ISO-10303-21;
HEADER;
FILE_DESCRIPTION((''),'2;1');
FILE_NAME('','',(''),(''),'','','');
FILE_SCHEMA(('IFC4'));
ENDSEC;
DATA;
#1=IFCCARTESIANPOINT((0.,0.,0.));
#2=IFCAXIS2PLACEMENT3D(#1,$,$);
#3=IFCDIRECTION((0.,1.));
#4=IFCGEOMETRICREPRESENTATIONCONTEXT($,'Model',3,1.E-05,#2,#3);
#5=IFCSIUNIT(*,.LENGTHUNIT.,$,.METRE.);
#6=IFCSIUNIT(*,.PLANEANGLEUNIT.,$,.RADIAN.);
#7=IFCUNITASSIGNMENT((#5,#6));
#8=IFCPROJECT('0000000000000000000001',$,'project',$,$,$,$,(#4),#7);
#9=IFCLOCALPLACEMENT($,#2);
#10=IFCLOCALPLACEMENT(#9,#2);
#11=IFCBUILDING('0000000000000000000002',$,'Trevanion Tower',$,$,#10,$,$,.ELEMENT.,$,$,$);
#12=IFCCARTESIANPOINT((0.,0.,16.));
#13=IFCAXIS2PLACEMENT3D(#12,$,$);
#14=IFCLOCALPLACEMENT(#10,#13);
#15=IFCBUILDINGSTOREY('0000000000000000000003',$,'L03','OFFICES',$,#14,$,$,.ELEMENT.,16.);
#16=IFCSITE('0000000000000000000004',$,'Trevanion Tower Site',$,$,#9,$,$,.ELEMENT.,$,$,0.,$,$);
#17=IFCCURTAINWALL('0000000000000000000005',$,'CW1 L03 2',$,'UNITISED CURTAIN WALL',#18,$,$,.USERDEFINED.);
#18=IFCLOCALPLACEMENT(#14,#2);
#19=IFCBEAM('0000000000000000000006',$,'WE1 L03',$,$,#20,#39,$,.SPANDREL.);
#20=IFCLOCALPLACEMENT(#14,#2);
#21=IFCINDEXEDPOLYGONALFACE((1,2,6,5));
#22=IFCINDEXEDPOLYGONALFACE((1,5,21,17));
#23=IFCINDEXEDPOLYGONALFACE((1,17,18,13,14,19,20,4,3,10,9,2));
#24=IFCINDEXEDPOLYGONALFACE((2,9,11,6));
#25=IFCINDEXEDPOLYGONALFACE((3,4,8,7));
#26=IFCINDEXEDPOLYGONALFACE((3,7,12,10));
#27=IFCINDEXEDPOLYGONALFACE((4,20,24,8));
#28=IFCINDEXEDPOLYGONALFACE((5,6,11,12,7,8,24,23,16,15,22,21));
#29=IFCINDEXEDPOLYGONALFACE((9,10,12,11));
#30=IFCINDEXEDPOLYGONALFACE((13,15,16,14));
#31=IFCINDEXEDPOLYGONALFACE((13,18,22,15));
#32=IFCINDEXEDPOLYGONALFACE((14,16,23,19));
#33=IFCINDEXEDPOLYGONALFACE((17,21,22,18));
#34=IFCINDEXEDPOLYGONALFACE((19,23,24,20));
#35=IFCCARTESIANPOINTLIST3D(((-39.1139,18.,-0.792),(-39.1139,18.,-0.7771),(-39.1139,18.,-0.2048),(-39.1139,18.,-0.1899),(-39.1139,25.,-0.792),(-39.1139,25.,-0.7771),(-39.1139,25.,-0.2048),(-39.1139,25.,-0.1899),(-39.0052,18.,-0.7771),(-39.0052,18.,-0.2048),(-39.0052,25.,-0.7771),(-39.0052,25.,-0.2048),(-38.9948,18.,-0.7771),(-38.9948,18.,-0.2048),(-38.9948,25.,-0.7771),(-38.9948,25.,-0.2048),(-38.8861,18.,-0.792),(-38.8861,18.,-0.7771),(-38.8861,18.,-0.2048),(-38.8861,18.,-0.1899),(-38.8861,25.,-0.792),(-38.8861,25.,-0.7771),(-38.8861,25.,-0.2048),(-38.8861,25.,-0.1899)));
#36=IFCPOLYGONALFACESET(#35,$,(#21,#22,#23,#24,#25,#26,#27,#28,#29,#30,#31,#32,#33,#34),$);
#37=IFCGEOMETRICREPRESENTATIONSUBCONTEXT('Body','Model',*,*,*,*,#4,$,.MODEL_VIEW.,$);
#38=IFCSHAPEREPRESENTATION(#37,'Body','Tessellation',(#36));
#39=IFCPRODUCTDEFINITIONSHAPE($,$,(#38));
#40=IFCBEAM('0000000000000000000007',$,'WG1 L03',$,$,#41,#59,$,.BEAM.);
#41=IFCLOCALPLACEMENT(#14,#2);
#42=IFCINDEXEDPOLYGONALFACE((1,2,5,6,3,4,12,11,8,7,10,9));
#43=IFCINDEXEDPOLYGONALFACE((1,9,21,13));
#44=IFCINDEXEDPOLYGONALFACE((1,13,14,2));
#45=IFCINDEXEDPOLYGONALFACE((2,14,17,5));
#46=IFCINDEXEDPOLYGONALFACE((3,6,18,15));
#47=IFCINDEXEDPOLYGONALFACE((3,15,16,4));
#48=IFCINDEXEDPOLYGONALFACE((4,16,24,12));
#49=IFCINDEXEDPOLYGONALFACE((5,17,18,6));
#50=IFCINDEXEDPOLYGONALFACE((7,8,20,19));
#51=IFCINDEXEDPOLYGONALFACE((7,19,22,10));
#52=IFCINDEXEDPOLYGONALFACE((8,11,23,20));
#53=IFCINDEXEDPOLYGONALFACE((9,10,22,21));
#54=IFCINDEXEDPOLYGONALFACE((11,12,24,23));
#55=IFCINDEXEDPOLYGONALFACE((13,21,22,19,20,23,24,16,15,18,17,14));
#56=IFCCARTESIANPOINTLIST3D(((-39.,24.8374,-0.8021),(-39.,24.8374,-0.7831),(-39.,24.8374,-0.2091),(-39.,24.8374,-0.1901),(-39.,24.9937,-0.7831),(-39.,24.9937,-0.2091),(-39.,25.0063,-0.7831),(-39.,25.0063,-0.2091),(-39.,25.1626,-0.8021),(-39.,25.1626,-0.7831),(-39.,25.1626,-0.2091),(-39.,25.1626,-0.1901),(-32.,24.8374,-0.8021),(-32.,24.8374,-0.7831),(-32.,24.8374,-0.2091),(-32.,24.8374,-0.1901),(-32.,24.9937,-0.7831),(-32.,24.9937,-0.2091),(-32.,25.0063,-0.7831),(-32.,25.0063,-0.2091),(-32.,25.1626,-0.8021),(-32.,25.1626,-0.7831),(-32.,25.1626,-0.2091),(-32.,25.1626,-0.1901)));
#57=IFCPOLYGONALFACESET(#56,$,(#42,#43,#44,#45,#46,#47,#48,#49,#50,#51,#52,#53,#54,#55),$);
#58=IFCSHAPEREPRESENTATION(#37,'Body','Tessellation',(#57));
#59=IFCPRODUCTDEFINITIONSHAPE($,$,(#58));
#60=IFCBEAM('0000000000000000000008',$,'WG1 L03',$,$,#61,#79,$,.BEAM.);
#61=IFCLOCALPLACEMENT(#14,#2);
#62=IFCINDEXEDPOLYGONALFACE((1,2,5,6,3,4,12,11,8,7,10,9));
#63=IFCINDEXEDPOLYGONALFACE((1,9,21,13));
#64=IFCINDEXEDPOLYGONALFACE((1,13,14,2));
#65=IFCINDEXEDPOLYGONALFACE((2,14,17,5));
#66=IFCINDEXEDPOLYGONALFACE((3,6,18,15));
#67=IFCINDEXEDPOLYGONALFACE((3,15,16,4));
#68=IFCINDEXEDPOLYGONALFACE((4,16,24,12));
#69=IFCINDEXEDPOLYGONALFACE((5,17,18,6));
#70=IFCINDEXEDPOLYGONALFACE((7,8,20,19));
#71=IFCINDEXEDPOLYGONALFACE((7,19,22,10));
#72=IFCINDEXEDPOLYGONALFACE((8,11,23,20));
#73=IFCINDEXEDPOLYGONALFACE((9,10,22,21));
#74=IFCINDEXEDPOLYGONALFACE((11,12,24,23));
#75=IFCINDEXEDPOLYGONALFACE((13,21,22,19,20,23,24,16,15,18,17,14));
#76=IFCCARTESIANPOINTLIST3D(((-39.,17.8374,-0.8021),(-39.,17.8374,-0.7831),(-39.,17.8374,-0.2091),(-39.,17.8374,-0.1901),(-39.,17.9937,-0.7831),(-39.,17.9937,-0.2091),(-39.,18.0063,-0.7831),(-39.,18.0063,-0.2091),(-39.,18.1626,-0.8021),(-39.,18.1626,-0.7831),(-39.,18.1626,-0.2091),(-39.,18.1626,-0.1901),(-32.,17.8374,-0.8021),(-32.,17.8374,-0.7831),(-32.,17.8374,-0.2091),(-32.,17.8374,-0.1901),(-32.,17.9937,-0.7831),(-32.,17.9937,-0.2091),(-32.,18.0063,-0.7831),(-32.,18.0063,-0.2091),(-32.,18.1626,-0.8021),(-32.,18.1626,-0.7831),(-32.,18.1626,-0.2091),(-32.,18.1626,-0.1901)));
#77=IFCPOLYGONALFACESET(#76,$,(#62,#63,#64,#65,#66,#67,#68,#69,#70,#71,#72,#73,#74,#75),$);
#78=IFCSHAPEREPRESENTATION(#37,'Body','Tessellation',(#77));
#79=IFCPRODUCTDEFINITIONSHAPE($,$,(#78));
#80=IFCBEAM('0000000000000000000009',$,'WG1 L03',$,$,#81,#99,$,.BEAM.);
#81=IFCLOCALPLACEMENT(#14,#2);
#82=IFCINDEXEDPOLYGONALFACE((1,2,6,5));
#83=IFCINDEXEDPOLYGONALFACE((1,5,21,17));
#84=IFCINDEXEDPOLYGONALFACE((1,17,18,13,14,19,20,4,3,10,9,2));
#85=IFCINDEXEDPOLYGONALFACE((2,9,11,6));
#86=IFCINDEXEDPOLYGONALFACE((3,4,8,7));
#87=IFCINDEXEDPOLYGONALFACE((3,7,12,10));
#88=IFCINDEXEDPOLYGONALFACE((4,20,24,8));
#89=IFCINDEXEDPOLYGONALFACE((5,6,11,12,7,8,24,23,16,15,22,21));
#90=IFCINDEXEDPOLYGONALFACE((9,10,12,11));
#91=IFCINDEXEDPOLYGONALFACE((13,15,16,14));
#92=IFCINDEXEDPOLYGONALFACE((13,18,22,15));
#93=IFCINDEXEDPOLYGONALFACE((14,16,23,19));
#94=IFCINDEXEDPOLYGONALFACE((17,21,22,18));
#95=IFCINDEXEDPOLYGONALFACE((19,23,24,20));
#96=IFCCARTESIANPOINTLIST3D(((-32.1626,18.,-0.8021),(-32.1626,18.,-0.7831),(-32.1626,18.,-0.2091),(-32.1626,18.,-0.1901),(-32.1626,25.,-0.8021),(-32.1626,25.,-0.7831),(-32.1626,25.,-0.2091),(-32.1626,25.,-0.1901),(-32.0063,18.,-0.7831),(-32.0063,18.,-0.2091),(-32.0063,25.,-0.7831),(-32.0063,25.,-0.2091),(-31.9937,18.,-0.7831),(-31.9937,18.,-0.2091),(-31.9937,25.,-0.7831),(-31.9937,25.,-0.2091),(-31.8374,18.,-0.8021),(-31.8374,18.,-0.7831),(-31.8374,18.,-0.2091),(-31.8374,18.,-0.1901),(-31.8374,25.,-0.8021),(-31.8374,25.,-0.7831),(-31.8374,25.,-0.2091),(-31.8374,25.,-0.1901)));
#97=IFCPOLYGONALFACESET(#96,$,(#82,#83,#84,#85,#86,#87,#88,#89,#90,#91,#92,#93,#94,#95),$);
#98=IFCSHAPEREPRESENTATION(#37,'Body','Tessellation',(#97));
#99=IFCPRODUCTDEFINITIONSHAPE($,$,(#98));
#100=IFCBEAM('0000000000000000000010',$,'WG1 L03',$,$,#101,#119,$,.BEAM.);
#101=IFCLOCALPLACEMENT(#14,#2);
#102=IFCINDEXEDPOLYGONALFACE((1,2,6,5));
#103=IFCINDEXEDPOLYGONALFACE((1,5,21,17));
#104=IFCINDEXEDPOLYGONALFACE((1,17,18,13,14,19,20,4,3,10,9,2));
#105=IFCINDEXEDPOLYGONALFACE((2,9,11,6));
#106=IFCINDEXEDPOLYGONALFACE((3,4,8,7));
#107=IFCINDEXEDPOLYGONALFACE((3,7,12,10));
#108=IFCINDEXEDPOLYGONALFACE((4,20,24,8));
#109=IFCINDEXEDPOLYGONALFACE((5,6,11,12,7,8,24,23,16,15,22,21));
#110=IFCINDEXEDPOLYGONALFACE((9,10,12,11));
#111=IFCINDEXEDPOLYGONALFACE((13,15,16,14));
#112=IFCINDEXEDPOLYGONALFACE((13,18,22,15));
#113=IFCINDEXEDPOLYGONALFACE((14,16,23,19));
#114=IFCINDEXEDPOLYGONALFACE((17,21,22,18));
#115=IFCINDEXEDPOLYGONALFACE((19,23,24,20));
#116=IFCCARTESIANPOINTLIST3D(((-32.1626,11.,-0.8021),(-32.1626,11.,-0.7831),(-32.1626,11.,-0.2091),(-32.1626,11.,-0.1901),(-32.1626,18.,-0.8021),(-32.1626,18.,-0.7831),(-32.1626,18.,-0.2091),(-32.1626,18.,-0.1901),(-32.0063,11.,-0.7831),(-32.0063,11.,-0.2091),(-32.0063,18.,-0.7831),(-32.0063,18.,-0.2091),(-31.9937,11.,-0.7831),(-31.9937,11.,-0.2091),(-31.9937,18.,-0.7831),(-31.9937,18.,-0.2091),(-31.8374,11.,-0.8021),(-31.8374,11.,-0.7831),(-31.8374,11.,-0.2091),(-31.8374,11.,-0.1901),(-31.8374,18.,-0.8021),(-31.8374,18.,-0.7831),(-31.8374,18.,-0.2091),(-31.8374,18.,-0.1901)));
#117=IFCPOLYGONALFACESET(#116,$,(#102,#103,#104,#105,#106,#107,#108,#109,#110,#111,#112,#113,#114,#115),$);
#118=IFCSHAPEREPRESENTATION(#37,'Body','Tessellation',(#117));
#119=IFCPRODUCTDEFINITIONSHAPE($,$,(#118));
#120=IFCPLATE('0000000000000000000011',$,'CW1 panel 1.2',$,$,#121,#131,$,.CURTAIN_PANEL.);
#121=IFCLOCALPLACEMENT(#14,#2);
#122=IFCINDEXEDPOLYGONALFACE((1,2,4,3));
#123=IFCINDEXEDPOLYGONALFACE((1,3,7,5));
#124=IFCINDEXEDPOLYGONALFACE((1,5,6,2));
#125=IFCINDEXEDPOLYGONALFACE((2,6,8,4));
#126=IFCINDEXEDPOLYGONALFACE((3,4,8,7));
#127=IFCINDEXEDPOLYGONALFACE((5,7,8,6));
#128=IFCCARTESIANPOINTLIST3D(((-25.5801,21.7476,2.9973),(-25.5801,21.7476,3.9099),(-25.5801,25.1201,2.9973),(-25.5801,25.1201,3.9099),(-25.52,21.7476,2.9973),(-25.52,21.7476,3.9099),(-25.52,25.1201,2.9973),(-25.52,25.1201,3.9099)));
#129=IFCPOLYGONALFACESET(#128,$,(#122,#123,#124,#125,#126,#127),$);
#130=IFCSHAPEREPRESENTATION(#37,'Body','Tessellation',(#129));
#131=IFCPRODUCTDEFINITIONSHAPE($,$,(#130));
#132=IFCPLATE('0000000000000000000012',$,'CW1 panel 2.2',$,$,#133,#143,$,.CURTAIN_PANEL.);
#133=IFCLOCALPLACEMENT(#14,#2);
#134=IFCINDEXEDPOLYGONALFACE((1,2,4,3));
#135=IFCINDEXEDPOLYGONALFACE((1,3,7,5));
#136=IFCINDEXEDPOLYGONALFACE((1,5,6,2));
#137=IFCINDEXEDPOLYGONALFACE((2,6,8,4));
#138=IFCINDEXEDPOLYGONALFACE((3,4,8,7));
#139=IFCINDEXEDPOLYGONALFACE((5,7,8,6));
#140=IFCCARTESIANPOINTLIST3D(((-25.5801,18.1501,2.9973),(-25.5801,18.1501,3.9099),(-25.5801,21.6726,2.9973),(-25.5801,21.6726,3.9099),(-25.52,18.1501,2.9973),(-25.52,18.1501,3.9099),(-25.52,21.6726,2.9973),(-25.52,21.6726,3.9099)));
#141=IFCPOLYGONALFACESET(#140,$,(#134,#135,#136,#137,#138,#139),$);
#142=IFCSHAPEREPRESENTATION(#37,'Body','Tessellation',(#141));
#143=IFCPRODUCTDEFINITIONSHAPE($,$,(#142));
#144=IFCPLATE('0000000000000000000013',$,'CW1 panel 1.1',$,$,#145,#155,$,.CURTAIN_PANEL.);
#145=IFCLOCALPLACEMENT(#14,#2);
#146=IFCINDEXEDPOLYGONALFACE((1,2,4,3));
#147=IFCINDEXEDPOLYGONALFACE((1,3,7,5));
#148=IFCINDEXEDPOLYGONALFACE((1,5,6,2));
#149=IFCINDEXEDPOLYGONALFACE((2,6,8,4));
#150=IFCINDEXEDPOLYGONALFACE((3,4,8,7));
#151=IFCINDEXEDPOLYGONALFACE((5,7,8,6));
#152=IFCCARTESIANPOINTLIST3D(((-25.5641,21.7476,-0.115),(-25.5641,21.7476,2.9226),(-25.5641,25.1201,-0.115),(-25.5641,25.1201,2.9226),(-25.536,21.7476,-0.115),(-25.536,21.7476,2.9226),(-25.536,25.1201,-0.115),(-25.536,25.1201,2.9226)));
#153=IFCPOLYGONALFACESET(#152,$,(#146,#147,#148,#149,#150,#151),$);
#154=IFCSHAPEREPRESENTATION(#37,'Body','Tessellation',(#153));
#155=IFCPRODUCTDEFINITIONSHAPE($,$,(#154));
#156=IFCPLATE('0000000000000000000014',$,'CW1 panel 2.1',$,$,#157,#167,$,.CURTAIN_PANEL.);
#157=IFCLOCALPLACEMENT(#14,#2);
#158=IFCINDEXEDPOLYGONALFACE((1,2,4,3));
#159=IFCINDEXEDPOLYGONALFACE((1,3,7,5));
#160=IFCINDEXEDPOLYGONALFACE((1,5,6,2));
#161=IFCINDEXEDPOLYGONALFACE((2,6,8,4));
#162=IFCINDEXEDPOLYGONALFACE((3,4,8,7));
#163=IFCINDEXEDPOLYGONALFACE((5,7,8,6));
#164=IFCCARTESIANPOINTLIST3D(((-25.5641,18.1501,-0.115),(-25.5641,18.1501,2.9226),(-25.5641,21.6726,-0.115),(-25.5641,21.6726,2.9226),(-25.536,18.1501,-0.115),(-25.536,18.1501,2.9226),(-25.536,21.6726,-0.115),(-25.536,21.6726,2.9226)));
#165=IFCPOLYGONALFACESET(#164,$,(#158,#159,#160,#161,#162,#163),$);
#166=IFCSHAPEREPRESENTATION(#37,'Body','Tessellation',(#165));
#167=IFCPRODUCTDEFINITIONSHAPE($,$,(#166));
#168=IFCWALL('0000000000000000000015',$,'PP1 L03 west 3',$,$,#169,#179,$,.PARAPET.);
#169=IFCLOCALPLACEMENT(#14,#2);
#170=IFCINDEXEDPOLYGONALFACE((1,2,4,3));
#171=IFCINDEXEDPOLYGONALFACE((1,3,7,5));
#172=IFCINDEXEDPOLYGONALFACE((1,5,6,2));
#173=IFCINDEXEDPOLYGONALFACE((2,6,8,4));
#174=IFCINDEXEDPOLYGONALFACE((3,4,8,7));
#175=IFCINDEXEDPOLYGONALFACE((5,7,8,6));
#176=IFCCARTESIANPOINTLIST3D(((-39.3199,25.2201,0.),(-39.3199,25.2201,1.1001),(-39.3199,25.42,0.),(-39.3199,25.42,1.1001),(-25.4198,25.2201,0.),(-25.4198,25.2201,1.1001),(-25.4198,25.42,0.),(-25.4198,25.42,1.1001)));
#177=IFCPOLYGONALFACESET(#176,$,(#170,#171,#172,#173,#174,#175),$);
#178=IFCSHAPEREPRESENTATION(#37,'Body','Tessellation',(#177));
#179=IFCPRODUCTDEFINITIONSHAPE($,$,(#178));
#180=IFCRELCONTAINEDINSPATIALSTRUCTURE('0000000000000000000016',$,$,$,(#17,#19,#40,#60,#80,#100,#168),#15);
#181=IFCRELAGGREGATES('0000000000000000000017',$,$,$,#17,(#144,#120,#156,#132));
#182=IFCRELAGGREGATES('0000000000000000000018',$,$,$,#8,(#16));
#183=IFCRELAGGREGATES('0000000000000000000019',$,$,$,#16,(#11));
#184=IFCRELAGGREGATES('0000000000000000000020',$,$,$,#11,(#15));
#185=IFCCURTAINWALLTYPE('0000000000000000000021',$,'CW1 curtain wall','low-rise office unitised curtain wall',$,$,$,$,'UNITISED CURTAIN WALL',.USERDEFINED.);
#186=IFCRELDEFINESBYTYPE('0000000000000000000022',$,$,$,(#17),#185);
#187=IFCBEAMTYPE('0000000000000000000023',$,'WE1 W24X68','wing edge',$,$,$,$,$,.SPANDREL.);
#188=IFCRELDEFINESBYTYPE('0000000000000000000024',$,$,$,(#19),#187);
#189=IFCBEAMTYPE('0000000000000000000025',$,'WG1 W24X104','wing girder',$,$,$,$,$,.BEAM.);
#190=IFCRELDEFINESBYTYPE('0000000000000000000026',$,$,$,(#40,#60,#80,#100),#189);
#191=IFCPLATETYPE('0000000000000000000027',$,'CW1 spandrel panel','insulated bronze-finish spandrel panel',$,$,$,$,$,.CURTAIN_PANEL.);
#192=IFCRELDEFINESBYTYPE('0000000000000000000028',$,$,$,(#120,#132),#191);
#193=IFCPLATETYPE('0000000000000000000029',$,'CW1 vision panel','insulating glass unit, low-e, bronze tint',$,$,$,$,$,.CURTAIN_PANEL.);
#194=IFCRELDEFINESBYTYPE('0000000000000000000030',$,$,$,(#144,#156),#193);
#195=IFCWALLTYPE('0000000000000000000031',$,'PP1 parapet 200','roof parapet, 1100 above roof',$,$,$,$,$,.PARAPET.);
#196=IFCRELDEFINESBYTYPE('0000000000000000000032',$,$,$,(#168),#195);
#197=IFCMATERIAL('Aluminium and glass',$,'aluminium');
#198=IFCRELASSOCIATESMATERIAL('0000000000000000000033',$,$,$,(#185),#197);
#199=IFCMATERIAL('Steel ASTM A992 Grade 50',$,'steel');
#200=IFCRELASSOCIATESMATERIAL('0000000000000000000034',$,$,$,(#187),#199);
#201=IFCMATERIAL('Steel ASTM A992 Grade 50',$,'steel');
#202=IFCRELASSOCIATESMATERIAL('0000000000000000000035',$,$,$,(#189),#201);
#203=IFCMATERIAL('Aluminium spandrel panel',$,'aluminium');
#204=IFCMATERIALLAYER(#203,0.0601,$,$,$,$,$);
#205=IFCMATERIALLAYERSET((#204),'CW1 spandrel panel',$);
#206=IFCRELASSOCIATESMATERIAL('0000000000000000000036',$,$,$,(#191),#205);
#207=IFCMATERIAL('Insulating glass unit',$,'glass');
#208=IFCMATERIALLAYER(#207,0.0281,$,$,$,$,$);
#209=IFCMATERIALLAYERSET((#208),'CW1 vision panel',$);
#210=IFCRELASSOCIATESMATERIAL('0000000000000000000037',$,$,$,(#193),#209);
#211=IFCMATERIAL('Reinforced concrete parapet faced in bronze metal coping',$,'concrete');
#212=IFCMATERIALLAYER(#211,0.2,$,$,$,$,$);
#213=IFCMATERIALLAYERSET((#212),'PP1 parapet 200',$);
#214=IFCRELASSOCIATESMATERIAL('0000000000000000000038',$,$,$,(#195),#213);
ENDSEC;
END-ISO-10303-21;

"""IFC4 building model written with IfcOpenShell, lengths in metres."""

from ifc_helpers import new_model, si_unit, direction, frame, frame_2d, origin, origin_2d, place, context, subcontext, project, spatial, rectangle, i_section, extrude, material, layer, layer_set, material_profile, profile_set, type_object, element, aggregate, save


model = new_model("IFC4")

# Units and contexts
model_context = context("Model", 3, precision=1e-05, world=origin(), true_north=direction((0.0, 1.0)))
body_context = subcontext(model_context, "Body", "Model", "MODEL_VIEW")
ifc_project = project(units=[si_unit("LENGTHUNIT", "METRE"), si_unit("PLANEANGLEUNIT", "RADIAN")], contexts=[model_context])

# Site, building, storey
site_placement = place(None, origin())
site = spatial("IfcSite", under=ifc_project, at=site_placement, Name="Trevanion Tower Site", CompositionType="ELEMENT", RefElevation=0.0)
building_placement = place(site_placement, origin())
building = spatial("IfcBuilding", under=site, at=building_placement, Name="Trevanion Tower", CompositionType="ELEMENT")
storey_placement = place(building_placement, frame((0.0, 0.0, 16.0)))
storey = spatial("IfcBuildingStorey", under=building, at=storey_placement, Name="L03", Description="OFFICES", CompositionType="ELEMENT", Elevation=16.0)

# Curtain wall
ifc_material_1 = material(Name="Aluminium and glass", Category="aluminium")
curtain_wall_type = type_object("IfcCurtainWallType", Name="CW1 curtain wall", Description="low-rise office unitised curtain wall", ElementType="UNITISED CURTAIN WALL", PredefinedType="USERDEFINED", material=ifc_material_1)
curtain_wall_1_placement = place(storey_placement, origin())
curtain_wall_1 = element("IfcCurtainWall", 1, at=curtain_wall_1_placement, inside=storey, type_object=curtain_wall_type, Name="CW1 L03 2", ObjectType="UNITISED CURTAIN WALL", PredefinedType="USERDEFINED")

# Beams
ifc_material_2 = material(Name="Steel ASTM A992 Grade 50", Category="steel")
ifc_material_profile_1 = material_profile(ifc_material_2, i_section(OverallWidth=0.2278, OverallDepth=0.6021, WebThickness=0.0105, FlangeThickness=0.0149, at=origin_2d()), Name="W24X68")
ifc_profile_set_1 = profile_set([ifc_material_profile_1], Name="Steel ASTM A992 Grade 50")
beam_type_1 = type_object("IfcBeamType", Name="WE1 W24X68", Description="wing edge", PredefinedType="SPANDREL", material=ifc_profile_set_1)
beam_placement = place(storey_placement, frame((-39.0, 25.0, -0.491), z_axis=(0.0, -1.0, 0.0), x_axis=(1.0, 0.0, 0.0)))
element("IfcBeam", 2, at=beam_placement, inside=storey, type_object=beam_type_1, Name="WE1 L03", PredefinedType="SPANDREL", context=body_context, shape_type="SweptSolid", body=[
    extrude(i_section(OverallWidth=0.2278, OverallDepth=0.6021, WebThickness=0.0105, FlangeThickness=0.0149, at=origin_2d()), origin(), (0.0, 0.0, 1.0), 7.0),
])
ifc_material_3 = material(Name="Steel ASTM A992 Grade 50", Category="steel")
ifc_material_profile_2 = material_profile(ifc_material_3, i_section(OverallWidth=0.3252, OverallDepth=0.6121, WebThickness=0.0127, FlangeThickness=0.019, at=origin_2d()), Name="W24X104")
ifc_profile_set_2 = profile_set([ifc_material_profile_2], Name="Steel ASTM A992 Grade 50")
beam_type_2 = type_object("IfcBeamType", Name="WG1 W24X104", Description="wing girder", PredefinedType="BEAM", material=ifc_profile_set_2)
for number, where, z_axis, x_axis, name in (
    (3, (-32.0, 25.0, -0.4961), (-1.0, 0.0, 0.0), (0.0, -1.0, 0.0), "WG1 L03"),
    (4, (-32.0, 18.0, -0.4961), (-1.0, 0.0, 0.0), (0.0, -1.0, 0.0), "WG1 L03"),
    (5, (-32.0, 25.0, -0.4961), (0.0, -1.0, 0.0), (1.0, 0.0, 0.0), "WG1 L03"),
    (6, (-32.0, 18.0, -0.4961), (0.0, -1.0, 0.0), (1.0, 0.0, 0.0), "WG1 L03"),
):
    element("IfcBeam", number, at=place(storey_placement, frame(where, z_axis=z_axis, x_axis=x_axis)), inside=storey, type_object=beam_type_2, Name=name, PredefinedType="BEAM", context=body_context, shape_type="SweptSolid", body=[
        extrude(i_section(OverallWidth=0.3252, OverallDepth=0.6121, WebThickness=0.0127, FlangeThickness=0.019, at=origin_2d()), origin(), (0.0, 0.0, 1.0), 7.0),
    ])

# Plates
ifc_material_4 = material(Name="Aluminium spandrel panel", Category="aluminium")
ifc_layer_1 = layer(ifc_material_4, 0.0601)
ifc_layer_set_1 = layer_set([ifc_layer_1], Name="CW1 spandrel panel")
plate_type_1 = type_object("IfcPlateType", Name="CW1 spandrel panel", Description="insulated bronze-finish spandrel panel", PredefinedType="CURTAIN_PANEL", material=ifc_layer_set_1)
plate_1_placement = place(storey_placement, frame((-25.55, 23.4338, 2.9973), z_axis=(0.0, 0.0, 1.0), x_axis=(0.0, -1.0, 0.0)))
plate_1 = element("IfcPlate", 7, at=plate_1_placement, type_object=plate_type_1, Name="CW1 panel 1.2", PredefinedType="CURTAIN_PANEL", context=body_context, shape_type="SweptSolid", body=[
    extrude(rectangle(XDim=3.3726, YDim=0.0601, at=origin_2d()), origin(), (0.0, 0.0, 1.0), 0.9126),
])
plate_2_placement = place(storey_placement, frame((-25.55, 19.9114, 2.9973), z_axis=(0.0, 0.0, 1.0), x_axis=(0.0, -1.0, 0.0)))
plate_2 = element("IfcPlate", 8, at=plate_2_placement, type_object=plate_type_1, Name="CW1 panel 2.2", PredefinedType="CURTAIN_PANEL", context=body_context, shape_type="SweptSolid", body=[
    extrude(rectangle(XDim=3.5225, YDim=0.0601, at=origin_2d()), origin(), (0.0, 0.0, 1.0), 0.9126),
])
ifc_material_5 = material(Name="Insulating glass unit", Category="glass")
ifc_layer_2 = layer(ifc_material_5, 0.0281)
ifc_layer_set_2 = layer_set([ifc_layer_2], Name="CW1 vision panel")
plate_type_2 = type_object("IfcPlateType", Name="CW1 vision panel", Description="insulating glass unit, low-e, bronze tint", PredefinedType="CURTAIN_PANEL", material=ifc_layer_set_2)
plate_3_placement = place(storey_placement, frame((-25.55, 23.4338, -0.115), z_axis=(0.0, 0.0, 1.0), x_axis=(0.0, -1.0, 0.0)))
plate_3 = element("IfcPlate", 9, at=plate_3_placement, type_object=plate_type_2, Name="CW1 panel 1.1", PredefinedType="CURTAIN_PANEL", context=body_context, shape_type="SweptSolid", body=[
    extrude(rectangle(XDim=3.3726, YDim=0.0281, at=origin_2d()), origin(), (0.0, 0.0, 1.0), 3.0376),
])
plate_4_placement = place(storey_placement, frame((-25.55, 19.9114, -0.115), z_axis=(0.0, 0.0, 1.0), x_axis=(0.0, -1.0, 0.0)))
plate_4 = element("IfcPlate", 10, at=plate_4_placement, type_object=plate_type_2, Name="CW1 panel 2.1", PredefinedType="CURTAIN_PANEL", context=body_context, shape_type="SweptSolid", body=[
    extrude(rectangle(XDim=3.5225, YDim=0.0281, at=origin_2d()), origin(), (0.0, 0.0, 1.0), 3.0376),
])
aggregate(curtain_wall_1, [plate_3, plate_1, plate_4, plate_2])

# Wall
ifc_material_6 = material(Name="Reinforced concrete parapet faced in bronze metal coping", Category="concrete")
ifc_layer_3 = layer(ifc_material_6, 0.2)
ifc_layer_set_3 = layer_set([ifc_layer_3], Name="PP1 parapet 200")
wall_type = type_object("IfcWallType", Name="PP1 parapet 200", Description="roof parapet, 1100 above roof", PredefinedType="PARAPET", material=ifc_layer_set_3)
wall_placement = place(storey_placement, frame((-39.3201, 25.3201, 0.0), z_axis=(0.0, 0.0, 1.0), x_axis=(1.0, 0.0, 0.0)))
element("IfcWall", 11, at=wall_placement, inside=storey, type_object=wall_type, Name="PP1 L03 west 3", PredefinedType="PARAPET", context=body_context, shape_type="SweptSolid", body=[
    extrude(rectangle(XDim=13.9001, YDim=0.2, at=frame_2d((6.9502, 0.0))), origin(), (0.0, 0.0, 1.0), 1.1001),
])

save(model, "model.ifc")
